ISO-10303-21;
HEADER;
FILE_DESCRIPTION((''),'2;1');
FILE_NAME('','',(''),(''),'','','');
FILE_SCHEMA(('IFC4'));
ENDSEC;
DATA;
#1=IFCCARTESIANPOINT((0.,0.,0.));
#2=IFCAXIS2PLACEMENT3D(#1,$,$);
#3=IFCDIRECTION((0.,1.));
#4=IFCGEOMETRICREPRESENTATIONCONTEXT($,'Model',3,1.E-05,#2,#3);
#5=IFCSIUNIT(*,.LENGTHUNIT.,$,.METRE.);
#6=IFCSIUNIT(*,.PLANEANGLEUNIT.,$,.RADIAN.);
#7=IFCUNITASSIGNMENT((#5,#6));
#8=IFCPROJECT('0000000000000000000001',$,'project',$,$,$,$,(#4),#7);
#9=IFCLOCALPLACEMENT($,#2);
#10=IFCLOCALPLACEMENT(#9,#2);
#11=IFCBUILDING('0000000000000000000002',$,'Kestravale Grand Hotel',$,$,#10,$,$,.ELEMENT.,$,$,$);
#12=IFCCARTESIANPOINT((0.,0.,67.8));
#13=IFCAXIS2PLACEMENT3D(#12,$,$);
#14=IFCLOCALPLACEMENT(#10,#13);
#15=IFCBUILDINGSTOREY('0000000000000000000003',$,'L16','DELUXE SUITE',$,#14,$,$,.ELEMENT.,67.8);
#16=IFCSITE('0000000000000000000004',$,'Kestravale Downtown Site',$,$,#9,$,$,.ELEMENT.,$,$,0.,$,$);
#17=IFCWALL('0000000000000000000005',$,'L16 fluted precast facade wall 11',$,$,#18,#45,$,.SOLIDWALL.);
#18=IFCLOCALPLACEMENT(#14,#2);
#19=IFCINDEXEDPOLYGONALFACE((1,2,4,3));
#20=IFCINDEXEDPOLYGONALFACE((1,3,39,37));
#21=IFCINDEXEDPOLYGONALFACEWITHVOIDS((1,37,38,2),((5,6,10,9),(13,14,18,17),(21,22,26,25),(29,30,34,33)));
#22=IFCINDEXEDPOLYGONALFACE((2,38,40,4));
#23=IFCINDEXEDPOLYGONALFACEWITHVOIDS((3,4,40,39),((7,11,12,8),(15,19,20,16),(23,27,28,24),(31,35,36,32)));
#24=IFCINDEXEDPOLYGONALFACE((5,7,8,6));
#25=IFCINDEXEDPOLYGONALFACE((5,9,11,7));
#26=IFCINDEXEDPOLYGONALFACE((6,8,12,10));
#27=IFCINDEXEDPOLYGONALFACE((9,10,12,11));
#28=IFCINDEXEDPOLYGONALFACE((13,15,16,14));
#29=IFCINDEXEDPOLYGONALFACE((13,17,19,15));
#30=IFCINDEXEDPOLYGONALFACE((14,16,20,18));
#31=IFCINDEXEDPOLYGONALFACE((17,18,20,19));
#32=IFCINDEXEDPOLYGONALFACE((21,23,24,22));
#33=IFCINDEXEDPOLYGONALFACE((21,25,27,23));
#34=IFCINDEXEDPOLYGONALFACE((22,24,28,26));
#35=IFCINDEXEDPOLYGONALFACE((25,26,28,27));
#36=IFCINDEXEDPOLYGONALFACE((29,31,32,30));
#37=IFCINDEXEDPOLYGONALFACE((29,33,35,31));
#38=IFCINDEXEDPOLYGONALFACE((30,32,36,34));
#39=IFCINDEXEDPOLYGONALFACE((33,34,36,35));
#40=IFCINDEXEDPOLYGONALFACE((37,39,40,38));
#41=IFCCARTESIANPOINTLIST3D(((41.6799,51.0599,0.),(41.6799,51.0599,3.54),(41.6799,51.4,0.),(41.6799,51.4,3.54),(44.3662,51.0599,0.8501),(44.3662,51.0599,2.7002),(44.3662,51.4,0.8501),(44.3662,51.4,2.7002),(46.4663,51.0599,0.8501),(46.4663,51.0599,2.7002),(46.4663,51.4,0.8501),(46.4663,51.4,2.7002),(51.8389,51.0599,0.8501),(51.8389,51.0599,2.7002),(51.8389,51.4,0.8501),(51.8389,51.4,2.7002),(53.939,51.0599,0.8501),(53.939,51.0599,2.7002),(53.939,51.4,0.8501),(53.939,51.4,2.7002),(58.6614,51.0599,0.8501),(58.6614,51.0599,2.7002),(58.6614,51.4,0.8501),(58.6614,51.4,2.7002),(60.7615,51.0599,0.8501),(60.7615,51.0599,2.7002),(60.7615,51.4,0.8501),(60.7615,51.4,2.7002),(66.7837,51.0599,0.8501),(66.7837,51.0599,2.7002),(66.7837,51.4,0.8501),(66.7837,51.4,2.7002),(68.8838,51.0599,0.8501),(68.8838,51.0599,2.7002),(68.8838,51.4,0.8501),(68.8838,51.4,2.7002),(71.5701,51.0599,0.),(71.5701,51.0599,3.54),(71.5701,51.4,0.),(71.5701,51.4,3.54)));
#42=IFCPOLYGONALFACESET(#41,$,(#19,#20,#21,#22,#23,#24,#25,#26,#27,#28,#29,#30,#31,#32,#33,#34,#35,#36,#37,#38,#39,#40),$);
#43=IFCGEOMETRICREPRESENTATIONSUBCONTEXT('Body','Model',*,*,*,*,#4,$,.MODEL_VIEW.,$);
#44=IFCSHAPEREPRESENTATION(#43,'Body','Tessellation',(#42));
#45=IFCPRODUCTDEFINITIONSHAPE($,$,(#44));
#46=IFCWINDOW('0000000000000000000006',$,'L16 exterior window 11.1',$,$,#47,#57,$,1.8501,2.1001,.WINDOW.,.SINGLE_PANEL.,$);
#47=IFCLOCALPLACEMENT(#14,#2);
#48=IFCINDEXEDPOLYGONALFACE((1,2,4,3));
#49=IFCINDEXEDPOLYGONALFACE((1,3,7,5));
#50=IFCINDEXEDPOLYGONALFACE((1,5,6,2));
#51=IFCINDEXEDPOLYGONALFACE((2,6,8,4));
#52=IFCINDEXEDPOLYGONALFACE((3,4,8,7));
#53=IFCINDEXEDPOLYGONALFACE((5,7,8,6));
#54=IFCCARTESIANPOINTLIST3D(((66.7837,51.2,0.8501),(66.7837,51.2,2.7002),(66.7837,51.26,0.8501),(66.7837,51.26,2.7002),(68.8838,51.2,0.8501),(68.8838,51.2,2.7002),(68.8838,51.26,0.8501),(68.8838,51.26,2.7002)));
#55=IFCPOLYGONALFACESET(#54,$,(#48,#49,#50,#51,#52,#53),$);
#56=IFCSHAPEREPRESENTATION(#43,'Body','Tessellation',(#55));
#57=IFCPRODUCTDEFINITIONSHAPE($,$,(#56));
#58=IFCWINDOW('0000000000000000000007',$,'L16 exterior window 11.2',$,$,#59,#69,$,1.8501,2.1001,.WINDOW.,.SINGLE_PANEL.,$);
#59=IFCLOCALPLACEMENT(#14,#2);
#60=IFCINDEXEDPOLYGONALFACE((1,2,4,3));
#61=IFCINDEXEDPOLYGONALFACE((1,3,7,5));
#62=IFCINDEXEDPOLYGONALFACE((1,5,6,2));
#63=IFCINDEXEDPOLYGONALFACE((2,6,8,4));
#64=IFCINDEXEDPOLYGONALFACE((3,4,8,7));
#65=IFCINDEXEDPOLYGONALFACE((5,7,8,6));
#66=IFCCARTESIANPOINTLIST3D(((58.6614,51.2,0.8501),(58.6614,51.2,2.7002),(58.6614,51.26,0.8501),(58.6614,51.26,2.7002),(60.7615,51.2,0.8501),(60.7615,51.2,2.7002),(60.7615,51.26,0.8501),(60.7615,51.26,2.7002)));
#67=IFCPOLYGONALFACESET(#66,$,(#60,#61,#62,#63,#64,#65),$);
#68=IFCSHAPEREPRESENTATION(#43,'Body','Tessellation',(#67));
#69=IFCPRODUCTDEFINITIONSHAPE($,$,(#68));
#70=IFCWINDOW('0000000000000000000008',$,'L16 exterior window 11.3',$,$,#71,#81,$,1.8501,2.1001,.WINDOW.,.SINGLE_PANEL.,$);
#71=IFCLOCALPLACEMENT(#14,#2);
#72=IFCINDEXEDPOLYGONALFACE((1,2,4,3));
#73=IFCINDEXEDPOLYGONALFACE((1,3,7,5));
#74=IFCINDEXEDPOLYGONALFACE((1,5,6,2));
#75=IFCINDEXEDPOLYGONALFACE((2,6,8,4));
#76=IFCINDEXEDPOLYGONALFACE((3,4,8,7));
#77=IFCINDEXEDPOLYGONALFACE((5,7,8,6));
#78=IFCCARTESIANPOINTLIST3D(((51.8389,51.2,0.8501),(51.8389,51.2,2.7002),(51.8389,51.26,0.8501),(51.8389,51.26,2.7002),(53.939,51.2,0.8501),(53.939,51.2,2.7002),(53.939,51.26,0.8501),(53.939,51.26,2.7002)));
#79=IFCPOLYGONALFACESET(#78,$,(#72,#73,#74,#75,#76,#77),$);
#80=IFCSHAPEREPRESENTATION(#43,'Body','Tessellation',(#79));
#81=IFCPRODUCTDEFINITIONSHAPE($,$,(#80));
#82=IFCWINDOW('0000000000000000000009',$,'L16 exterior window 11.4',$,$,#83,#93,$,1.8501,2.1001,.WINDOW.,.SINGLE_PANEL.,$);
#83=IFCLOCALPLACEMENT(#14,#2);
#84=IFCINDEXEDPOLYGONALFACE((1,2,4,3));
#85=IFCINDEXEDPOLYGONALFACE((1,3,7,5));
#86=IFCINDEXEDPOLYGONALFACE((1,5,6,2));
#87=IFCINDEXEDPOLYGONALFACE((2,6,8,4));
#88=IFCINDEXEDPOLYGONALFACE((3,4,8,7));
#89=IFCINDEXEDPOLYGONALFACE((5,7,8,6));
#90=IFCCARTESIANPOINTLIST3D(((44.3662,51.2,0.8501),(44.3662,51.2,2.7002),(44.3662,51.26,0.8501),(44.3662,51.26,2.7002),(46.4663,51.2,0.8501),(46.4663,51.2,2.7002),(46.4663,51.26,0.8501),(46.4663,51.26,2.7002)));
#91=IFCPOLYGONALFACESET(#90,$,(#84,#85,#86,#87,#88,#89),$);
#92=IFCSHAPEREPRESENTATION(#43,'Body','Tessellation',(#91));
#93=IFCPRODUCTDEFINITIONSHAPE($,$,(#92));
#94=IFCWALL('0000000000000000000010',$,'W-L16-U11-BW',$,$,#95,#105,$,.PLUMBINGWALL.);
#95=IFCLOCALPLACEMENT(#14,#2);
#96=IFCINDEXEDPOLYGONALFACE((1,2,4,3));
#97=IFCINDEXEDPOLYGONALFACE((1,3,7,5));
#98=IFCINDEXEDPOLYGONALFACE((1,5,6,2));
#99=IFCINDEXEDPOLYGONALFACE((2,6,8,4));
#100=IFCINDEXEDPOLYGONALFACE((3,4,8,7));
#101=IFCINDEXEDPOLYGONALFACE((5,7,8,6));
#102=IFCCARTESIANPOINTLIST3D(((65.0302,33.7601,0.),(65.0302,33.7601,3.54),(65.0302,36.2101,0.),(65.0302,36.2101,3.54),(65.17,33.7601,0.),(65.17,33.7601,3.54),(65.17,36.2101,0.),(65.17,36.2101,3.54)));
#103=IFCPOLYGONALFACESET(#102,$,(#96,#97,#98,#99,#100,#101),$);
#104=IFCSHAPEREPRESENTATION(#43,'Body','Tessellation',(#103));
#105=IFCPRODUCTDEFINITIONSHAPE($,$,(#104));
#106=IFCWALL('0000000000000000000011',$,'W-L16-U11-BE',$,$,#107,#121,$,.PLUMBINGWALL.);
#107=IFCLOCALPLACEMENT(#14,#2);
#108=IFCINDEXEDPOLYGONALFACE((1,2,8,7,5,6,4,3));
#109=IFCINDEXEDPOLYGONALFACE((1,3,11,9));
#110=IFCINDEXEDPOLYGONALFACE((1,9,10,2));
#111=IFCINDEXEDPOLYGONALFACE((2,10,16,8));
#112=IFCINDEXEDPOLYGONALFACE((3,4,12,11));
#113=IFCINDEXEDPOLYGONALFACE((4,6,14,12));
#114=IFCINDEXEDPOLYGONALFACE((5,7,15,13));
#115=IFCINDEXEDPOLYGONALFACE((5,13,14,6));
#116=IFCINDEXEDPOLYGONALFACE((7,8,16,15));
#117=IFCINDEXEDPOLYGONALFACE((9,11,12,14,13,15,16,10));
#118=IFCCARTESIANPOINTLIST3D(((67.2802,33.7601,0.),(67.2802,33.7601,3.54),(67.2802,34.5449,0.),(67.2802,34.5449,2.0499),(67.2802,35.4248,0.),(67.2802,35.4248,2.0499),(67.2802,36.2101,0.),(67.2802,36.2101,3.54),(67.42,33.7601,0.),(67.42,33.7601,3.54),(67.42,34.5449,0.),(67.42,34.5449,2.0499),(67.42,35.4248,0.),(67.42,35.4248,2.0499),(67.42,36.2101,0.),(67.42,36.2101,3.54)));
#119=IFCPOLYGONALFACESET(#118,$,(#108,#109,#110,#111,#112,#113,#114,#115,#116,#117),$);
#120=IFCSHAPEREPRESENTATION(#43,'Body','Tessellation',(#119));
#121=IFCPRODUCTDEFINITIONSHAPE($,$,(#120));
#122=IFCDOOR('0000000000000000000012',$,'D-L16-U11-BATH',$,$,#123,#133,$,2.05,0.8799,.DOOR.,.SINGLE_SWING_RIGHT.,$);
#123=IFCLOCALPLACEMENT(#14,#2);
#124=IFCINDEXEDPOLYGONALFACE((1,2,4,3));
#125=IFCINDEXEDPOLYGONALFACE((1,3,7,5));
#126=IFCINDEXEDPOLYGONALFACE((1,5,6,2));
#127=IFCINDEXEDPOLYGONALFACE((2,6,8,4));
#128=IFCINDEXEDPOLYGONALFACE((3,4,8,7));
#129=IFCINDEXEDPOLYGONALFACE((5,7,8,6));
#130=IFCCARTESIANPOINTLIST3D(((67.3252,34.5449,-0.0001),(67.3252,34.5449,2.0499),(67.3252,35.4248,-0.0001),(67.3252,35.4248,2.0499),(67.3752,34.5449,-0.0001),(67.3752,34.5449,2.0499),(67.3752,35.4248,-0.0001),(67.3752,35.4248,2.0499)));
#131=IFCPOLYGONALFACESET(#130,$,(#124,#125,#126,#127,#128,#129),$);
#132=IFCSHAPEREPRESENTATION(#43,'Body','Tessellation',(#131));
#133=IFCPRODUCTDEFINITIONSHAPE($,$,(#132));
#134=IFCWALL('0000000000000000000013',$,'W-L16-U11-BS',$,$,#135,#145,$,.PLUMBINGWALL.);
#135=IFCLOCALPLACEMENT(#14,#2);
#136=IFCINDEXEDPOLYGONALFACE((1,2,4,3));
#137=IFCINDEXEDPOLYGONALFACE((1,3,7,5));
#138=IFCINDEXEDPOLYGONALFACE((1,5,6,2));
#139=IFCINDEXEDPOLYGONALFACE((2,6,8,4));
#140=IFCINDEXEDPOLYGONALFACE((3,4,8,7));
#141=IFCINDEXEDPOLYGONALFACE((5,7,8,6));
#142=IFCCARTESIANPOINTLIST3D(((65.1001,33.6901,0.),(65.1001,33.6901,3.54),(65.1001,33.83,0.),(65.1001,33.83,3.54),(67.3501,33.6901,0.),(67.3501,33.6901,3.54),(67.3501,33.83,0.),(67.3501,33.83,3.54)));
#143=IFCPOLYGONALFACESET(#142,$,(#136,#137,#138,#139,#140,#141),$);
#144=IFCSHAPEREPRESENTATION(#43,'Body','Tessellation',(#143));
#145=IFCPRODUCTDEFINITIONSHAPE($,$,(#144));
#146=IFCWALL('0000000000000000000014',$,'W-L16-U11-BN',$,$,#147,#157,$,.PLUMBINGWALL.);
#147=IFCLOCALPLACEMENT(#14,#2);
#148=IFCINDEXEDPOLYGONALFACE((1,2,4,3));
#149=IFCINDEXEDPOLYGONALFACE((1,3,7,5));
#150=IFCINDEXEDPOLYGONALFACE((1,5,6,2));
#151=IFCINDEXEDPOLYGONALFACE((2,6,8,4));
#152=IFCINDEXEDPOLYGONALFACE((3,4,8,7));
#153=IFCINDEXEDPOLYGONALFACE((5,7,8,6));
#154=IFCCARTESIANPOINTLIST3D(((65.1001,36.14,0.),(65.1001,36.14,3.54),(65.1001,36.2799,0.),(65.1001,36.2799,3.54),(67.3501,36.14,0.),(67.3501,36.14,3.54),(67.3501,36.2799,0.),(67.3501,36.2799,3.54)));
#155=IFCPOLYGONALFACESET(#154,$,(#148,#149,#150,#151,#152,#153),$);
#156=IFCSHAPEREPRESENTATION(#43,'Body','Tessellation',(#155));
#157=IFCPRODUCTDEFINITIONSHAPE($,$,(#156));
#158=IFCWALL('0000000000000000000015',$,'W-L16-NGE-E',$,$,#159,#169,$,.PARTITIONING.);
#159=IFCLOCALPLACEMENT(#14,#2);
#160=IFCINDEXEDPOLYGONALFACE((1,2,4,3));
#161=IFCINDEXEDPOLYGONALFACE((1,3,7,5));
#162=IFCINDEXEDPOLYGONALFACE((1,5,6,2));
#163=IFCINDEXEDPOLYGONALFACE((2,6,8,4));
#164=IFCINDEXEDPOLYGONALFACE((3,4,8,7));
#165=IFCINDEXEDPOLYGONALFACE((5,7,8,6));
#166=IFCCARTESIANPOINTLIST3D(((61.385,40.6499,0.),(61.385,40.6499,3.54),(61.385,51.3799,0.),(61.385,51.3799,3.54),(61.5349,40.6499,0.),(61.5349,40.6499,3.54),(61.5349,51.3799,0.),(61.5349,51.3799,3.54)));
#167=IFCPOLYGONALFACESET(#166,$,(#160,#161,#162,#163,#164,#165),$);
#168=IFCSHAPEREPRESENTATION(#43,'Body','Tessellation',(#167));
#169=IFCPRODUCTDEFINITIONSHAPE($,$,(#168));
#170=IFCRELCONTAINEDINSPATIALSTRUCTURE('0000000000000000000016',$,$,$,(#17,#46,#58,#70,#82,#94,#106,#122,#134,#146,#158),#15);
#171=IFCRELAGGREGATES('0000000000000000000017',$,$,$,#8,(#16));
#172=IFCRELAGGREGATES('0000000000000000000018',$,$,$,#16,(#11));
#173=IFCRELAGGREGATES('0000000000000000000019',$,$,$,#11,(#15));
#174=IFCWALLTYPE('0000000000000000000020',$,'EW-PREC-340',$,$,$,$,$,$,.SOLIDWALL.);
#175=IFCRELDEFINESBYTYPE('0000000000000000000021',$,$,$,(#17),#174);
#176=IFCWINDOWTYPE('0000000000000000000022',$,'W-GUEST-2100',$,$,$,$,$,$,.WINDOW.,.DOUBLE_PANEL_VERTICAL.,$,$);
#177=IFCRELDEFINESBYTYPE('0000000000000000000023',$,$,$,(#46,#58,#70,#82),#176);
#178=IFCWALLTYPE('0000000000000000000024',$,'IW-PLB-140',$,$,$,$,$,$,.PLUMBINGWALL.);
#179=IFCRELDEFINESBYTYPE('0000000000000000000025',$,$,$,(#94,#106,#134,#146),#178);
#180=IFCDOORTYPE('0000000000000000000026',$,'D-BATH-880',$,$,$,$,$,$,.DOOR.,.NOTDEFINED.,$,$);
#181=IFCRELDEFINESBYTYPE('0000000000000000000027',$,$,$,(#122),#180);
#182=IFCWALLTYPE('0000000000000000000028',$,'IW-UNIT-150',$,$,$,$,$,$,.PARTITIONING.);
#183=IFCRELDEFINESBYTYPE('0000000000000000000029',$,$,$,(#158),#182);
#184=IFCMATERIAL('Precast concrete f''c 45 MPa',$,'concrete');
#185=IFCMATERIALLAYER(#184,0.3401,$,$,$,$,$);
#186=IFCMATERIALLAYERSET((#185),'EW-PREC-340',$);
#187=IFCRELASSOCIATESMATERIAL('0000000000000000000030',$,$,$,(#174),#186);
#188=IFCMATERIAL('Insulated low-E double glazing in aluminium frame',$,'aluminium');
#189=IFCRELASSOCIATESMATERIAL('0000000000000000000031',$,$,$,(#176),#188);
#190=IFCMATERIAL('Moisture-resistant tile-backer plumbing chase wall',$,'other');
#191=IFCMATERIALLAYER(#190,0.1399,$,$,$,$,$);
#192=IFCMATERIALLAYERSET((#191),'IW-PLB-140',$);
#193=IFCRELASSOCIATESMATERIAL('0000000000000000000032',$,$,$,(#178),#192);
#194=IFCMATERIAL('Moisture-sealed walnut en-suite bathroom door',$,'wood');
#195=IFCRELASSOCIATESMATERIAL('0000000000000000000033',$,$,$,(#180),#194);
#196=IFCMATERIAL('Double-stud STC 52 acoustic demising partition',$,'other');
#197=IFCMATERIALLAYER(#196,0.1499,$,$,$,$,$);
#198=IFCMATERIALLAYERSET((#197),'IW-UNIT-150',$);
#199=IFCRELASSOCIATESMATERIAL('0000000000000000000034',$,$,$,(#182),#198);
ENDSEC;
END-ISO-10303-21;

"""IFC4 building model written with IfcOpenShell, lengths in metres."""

from ifc_helpers import new_model, si_unit, direction, frame, frame_2d, origin, place, context, subcontext, project, spatial, rectangle, extrude, material, layer, layer_set, type_object, element, fill, save


model = new_model("IFC4")

# Units and contexts
model_context = context("Model", 3, precision=1e-05, world=origin(), true_north=direction((0.0, 1.0)))
body_context = subcontext(model_context, "Body", "Model", "MODEL_VIEW")
ifc_project = project(units=[si_unit("LENGTHUNIT", "METRE"), si_unit("PLANEANGLEUNIT", "RADIAN")], contexts=[model_context])

# Site, building, storey
site_placement = place(None, origin())
site = spatial("IfcSite", under=ifc_project, at=site_placement, Name="Kestravale Downtown Site", CompositionType="ELEMENT", RefElevation=0.0)
building_placement = place(site_placement, origin())
building = spatial("IfcBuilding", under=site, at=building_placement, Name="Kestravale Grand Hotel", CompositionType="ELEMENT")
storey_placement = place(building_placement, frame((0.0, 0.0, 67.8)))
storey = spatial("IfcBuildingStorey", under=building, at=storey_placement, Name="L16", Description="DELUXE SUITE", CompositionType="ELEMENT", Elevation=67.8)

# Shared definitions
ifc_material_1 = material(Name="Precast concrete f'c 45 MPa", Category="concrete")
ifc_layer_1 = layer(ifc_material_1, 0.3401)
ifc_layer_set_1 = layer_set([ifc_layer_1], Name="EW-PREC-340")
wall_type_1 = type_object("IfcWallType", Name="EW-PREC-340", PredefinedType="SOLIDWALL", material=ifc_layer_set_1)
ifc_material_2 = material(Name="Insulated low-E double glazing in aluminium frame", Category="aluminium")
window_type = type_object("IfcWindowType", Name="W-GUEST-2100", PartitioningType="DOUBLE_PANEL_VERTICAL", PredefinedType="WINDOW", material=ifc_material_2)

# Wall, openings, windows
wall_1_placement = place(storey_placement, frame((71.5701, 51.23, 0.0), z_axis=(0.0, 0.0, 1.0), x_axis=(-1.0, 0.0, 0.0)))
wall_1 = element("IfcWall", 1, at=wall_1_placement, inside=storey, type_object=wall_type_1, Name="L16 fluted precast facade wall 11", PredefinedType="SOLIDWALL", context=body_context, shape_type="SweptSolid", body=[
    extrude(rectangle(XDim=29.8901, YDim=0.3401, at=frame_2d((14.9451, 0.0))), origin(), (0.0, 0.0, 1.0), 3.54),
])
opening_1_placement = place(wall_1_placement, frame((2.6863, 0.0, 0.8501)))
opening_1 = element("IfcOpeningElement", 2, at=opening_1_placement, cuts=wall_1, PredefinedType="OPENING", context=body_context, shape_type="SweptSolid", body=[
    extrude(rectangle(XDim=2.1001, YDim=1.8501, at=frame_2d((1.05, 0.925))), frame((0.0, 0.1799, 0.0), z_axis=(0.0, -1.0, 0.0), x_axis=(1.0, 0.0, 0.0)), (0.0, 0.0, 1.0), 0.3601),
])
opening_2_placement = place(wall_1_placement, frame((10.8086, 0.0, 0.8501)))
opening_2 = element("IfcOpeningElement", 3, at=opening_2_placement, cuts=wall_1, PredefinedType="OPENING", context=body_context, shape_type="SweptSolid", body=[
    extrude(rectangle(XDim=2.1001, YDim=1.8501, at=frame_2d((1.05, 0.925))), frame((0.0, 0.1799, 0.0), z_axis=(0.0, -1.0, 0.0), x_axis=(1.0, 0.0, 0.0)), (0.0, 0.0, 1.0), 0.3601),
])
opening_3_placement = place(wall_1_placement, frame((17.6311, 0.0, 0.8501)))
opening_3 = element("IfcOpeningElement", 4, at=opening_3_placement, cuts=wall_1, PredefinedType="OPENING", context=body_context, shape_type="SweptSolid", body=[
    extrude(rectangle(XDim=2.1001, YDim=1.8501, at=frame_2d((1.05, 0.925))), frame((0.0, 0.1799, 0.0), z_axis=(0.0, -1.0, 0.0), x_axis=(1.0, 0.0, 0.0)), (0.0, 0.0, 1.0), 0.3601),
])
opening_4_placement = place(wall_1_placement, frame((25.1038, 0.0, 0.8501)))
opening_4 = element("IfcOpeningElement", 5, at=opening_4_placement, cuts=wall_1, PredefinedType="OPENING", context=body_context, shape_type="SweptSolid", body=[
    extrude(rectangle(XDim=2.1001, YDim=1.8501, at=frame_2d((1.05, 0.925))), frame((0.0, 0.1799, 0.0), z_axis=(0.0, -1.0, 0.0), x_axis=(1.0, 0.0, 0.0)), (0.0, 0.0, 1.0), 0.3601),
])
window_1_placement = place(opening_1_placement, origin())
window_1 = element("IfcWindow", 6, at=window_1_placement, inside=storey, type_object=window_type, Name="L16 exterior window 11.1", OverallHeight=1.8501, OverallWidth=2.1001, PartitioningType="SINGLE_PANEL", PredefinedType="WINDOW", context=body_context, shape_type="SweptSolid", body=[
    extrude(rectangle(XDim=2.1001, YDim=1.8501, at=frame_2d((1.05, 0.925))), frame((0.0, 0.03, 0.0), z_axis=(0.0, -1.0, 0.0), x_axis=(1.0, 0.0, 0.0)), (0.0, 0.0, 1.0), 0.0601),
])
fill(opening_1, window_1)
window_2_placement = place(opening_2_placement, origin())
window_2 = element("IfcWindow", 7, at=window_2_placement, inside=storey, type_object=window_type, Name="L16 exterior window 11.2", OverallHeight=1.8501, OverallWidth=2.1001, PartitioningType="SINGLE_PANEL", PredefinedType="WINDOW", context=body_context, shape_type="SweptSolid", body=[
    extrude(rectangle(XDim=2.1001, YDim=1.8501, at=frame_2d((1.05, 0.925))), frame((0.0, 0.03, 0.0), z_axis=(0.0, -1.0, 0.0), x_axis=(1.0, 0.0, 0.0)), (0.0, 0.0, 1.0), 0.0601),
])
fill(opening_2, window_2)
window_3_placement = place(opening_3_placement, origin())
window_3 = element("IfcWindow", 8, at=window_3_placement, inside=storey, type_object=window_type, Name="L16 exterior window 11.3", OverallHeight=1.8501, OverallWidth=2.1001, PartitioningType="SINGLE_PANEL", PredefinedType="WINDOW", context=body_context, shape_type="SweptSolid", body=[
    extrude(rectangle(XDim=2.1001, YDim=1.8501, at=frame_2d((1.05, 0.925))), frame((0.0, 0.03, 0.0), z_axis=(0.0, -1.0, 0.0), x_axis=(1.0, 0.0, 0.0)), (0.0, 0.0, 1.0), 0.0601),
])
fill(opening_3, window_3)
window_4_placement = place(opening_4_placement, origin())
window_4 = element("IfcWindow", 9, at=window_4_placement, inside=storey, type_object=window_type, Name="L16 exterior window 11.4", OverallHeight=1.8501, OverallWidth=2.1001, PartitioningType="SINGLE_PANEL", PredefinedType="WINDOW", context=body_context, shape_type="SweptSolid", body=[
    extrude(rectangle(XDim=2.1001, YDim=1.8501, at=frame_2d((1.05, 0.925))), frame((0.0, 0.03, 0.0), z_axis=(0.0, -1.0, 0.0), x_axis=(1.0, 0.0, 0.0)), (0.0, 0.0, 1.0), 0.0601),
])
fill(opening_4, window_4)

# Wall
ifc_material_3 = material(Name="Moisture-resistant tile-backer plumbing chase wall", Category="other")
ifc_layer_2 = layer(ifc_material_3, 0.1399)
ifc_layer_set_2 = layer_set([ifc_layer_2], Name="IW-PLB-140")
wall_type_2 = type_object("IfcWallType", Name="IW-PLB-140", PredefinedType="PLUMBINGWALL", material=ifc_layer_set_2)
wall_2_placement = place(storey_placement, frame((65.1001, 33.76, 0.0), z_axis=(0.0, 0.0, 1.0), x_axis=(0.0, 1.0, 0.0)))
element("IfcWall", 10, at=wall_2_placement, inside=storey, type_object=wall_type_2, Name="W-L16-U11-BW", PredefinedType="PLUMBINGWALL", context=body_context, shape_type="SweptSolid", body=[
    extrude(rectangle(XDim=2.45, YDim=0.1399, at=frame_2d((1.2251, 0.0))), origin(), (0.0, 0.0, 1.0), 3.54),
])

# Wall, opening, door
wall_3_placement = place(storey_placement, frame((67.3501, 33.76, 0.0), z_axis=(0.0, 0.0, 1.0), x_axis=(0.0, 1.0, 0.0)))
wall_3 = element("IfcWall", 11, at=wall_3_placement, inside=storey, type_object=wall_type_2, Name="W-L16-U11-BE", PredefinedType="PLUMBINGWALL", context=body_context, shape_type="SweptSolid", body=[
    extrude(rectangle(XDim=2.45, YDim=0.1399, at=frame_2d((1.2251, 0.0))), origin(), (0.0, 0.0, 1.0), 3.54),
])
opening_5_placement = place(wall_3_placement, frame((0.7849, 0.0, 0.0)))
opening_5 = element("IfcOpeningElement", 12, at=opening_5_placement, cuts=wall_3, PredefinedType="OPENING", context=body_context, shape_type="SweptSolid", body=[
    extrude(rectangle(XDim=0.8799, YDim=2.05, at=frame_2d((0.4399, 1.0249))), frame((0.0, 0.0798, 0.0), z_axis=(0.0, -1.0, 0.0), x_axis=(1.0, 0.0, 0.0)), (0.0, 0.0, 1.0), 0.1599),
])
ifc_material_4 = material(Name="Moisture-sealed walnut en-suite bathroom door", Category="wood")
door_type = type_object("IfcDoorType", Name="D-BATH-880", OperationType="NOTDEFINED", PredefinedType="DOOR", material=ifc_material_4)
door_placement = place(opening_5_placement, origin())
door = element("IfcDoor", 13, at=door_placement, inside=storey, type_object=door_type, Name="D-L16-U11-BATH", OperationType="SINGLE_SWING_RIGHT", OverallHeight=2.05, OverallWidth=0.8799, PredefinedType="DOOR", context=body_context, shape_type="SweptSolid", body=[
    extrude(rectangle(XDim=0.8799, YDim=2.05, at=frame_2d((0.4399, 1.0249))), frame((0.0, 0.0249, 0.0), z_axis=(0.0, -1.0, 0.0), x_axis=(1.0, 0.0, 0.0)), (0.0, 0.0, 1.0), 0.05),
])
fill(opening_5, door)

# Walls
for number, where, z_axis, x_axis, name in (
    (14, (65.1001, 33.76, 0.0), (0.0, 0.0, 1.0), (1.0, 0.0, 0.0), "W-L16-U11-BS"),
    (15, (65.1001, 36.21, 0.0), (0.0, 0.0, 1.0), (1.0, 0.0, 0.0), "W-L16-U11-BN"),
):
    element("IfcWall", number, at=place(storey_placement, frame(where, z_axis=z_axis, x_axis=x_axis)), inside=storey, type_object=wall_type_2, Name=name, PredefinedType="PLUMBINGWALL", context=body_context, shape_type="SweptSolid", body=[
        extrude(rectangle(XDim=2.25, YDim=0.1399, at=frame_2d((1.125, 0.0))), origin(), (0.0, 0.0, 1.0), 3.54),
    ])
ifc_material_5 = material(Name="Double-stud STC 52 acoustic demising partition", Category="other")
ifc_layer_3 = layer(ifc_material_5, 0.1499)
ifc_layer_set_3 = layer_set([ifc_layer_3], Name="IW-UNIT-150")
wall_type_3 = type_object("IfcWallType", Name="IW-UNIT-150", PredefinedType="PARTITIONING", material=ifc_layer_set_3)
wall_4_placement = place(storey_placement, frame((61.46, 40.6499, 0.0), z_axis=(0.0, 0.0, 1.0), x_axis=(0.0, 1.0, 0.0)))
element("IfcWall", 16, at=wall_4_placement, inside=storey, type_object=wall_type_3, Name="W-L16-NGE-E", PredefinedType="PARTITIONING", context=body_context, shape_type="SweptSolid", body=[
    extrude(rectangle(XDim=10.73, YDim=0.1499, at=frame_2d((5.365, 0.0))), origin(), (0.0, 0.0, 1.0), 3.54),
])

save(model, "model.ifc")
